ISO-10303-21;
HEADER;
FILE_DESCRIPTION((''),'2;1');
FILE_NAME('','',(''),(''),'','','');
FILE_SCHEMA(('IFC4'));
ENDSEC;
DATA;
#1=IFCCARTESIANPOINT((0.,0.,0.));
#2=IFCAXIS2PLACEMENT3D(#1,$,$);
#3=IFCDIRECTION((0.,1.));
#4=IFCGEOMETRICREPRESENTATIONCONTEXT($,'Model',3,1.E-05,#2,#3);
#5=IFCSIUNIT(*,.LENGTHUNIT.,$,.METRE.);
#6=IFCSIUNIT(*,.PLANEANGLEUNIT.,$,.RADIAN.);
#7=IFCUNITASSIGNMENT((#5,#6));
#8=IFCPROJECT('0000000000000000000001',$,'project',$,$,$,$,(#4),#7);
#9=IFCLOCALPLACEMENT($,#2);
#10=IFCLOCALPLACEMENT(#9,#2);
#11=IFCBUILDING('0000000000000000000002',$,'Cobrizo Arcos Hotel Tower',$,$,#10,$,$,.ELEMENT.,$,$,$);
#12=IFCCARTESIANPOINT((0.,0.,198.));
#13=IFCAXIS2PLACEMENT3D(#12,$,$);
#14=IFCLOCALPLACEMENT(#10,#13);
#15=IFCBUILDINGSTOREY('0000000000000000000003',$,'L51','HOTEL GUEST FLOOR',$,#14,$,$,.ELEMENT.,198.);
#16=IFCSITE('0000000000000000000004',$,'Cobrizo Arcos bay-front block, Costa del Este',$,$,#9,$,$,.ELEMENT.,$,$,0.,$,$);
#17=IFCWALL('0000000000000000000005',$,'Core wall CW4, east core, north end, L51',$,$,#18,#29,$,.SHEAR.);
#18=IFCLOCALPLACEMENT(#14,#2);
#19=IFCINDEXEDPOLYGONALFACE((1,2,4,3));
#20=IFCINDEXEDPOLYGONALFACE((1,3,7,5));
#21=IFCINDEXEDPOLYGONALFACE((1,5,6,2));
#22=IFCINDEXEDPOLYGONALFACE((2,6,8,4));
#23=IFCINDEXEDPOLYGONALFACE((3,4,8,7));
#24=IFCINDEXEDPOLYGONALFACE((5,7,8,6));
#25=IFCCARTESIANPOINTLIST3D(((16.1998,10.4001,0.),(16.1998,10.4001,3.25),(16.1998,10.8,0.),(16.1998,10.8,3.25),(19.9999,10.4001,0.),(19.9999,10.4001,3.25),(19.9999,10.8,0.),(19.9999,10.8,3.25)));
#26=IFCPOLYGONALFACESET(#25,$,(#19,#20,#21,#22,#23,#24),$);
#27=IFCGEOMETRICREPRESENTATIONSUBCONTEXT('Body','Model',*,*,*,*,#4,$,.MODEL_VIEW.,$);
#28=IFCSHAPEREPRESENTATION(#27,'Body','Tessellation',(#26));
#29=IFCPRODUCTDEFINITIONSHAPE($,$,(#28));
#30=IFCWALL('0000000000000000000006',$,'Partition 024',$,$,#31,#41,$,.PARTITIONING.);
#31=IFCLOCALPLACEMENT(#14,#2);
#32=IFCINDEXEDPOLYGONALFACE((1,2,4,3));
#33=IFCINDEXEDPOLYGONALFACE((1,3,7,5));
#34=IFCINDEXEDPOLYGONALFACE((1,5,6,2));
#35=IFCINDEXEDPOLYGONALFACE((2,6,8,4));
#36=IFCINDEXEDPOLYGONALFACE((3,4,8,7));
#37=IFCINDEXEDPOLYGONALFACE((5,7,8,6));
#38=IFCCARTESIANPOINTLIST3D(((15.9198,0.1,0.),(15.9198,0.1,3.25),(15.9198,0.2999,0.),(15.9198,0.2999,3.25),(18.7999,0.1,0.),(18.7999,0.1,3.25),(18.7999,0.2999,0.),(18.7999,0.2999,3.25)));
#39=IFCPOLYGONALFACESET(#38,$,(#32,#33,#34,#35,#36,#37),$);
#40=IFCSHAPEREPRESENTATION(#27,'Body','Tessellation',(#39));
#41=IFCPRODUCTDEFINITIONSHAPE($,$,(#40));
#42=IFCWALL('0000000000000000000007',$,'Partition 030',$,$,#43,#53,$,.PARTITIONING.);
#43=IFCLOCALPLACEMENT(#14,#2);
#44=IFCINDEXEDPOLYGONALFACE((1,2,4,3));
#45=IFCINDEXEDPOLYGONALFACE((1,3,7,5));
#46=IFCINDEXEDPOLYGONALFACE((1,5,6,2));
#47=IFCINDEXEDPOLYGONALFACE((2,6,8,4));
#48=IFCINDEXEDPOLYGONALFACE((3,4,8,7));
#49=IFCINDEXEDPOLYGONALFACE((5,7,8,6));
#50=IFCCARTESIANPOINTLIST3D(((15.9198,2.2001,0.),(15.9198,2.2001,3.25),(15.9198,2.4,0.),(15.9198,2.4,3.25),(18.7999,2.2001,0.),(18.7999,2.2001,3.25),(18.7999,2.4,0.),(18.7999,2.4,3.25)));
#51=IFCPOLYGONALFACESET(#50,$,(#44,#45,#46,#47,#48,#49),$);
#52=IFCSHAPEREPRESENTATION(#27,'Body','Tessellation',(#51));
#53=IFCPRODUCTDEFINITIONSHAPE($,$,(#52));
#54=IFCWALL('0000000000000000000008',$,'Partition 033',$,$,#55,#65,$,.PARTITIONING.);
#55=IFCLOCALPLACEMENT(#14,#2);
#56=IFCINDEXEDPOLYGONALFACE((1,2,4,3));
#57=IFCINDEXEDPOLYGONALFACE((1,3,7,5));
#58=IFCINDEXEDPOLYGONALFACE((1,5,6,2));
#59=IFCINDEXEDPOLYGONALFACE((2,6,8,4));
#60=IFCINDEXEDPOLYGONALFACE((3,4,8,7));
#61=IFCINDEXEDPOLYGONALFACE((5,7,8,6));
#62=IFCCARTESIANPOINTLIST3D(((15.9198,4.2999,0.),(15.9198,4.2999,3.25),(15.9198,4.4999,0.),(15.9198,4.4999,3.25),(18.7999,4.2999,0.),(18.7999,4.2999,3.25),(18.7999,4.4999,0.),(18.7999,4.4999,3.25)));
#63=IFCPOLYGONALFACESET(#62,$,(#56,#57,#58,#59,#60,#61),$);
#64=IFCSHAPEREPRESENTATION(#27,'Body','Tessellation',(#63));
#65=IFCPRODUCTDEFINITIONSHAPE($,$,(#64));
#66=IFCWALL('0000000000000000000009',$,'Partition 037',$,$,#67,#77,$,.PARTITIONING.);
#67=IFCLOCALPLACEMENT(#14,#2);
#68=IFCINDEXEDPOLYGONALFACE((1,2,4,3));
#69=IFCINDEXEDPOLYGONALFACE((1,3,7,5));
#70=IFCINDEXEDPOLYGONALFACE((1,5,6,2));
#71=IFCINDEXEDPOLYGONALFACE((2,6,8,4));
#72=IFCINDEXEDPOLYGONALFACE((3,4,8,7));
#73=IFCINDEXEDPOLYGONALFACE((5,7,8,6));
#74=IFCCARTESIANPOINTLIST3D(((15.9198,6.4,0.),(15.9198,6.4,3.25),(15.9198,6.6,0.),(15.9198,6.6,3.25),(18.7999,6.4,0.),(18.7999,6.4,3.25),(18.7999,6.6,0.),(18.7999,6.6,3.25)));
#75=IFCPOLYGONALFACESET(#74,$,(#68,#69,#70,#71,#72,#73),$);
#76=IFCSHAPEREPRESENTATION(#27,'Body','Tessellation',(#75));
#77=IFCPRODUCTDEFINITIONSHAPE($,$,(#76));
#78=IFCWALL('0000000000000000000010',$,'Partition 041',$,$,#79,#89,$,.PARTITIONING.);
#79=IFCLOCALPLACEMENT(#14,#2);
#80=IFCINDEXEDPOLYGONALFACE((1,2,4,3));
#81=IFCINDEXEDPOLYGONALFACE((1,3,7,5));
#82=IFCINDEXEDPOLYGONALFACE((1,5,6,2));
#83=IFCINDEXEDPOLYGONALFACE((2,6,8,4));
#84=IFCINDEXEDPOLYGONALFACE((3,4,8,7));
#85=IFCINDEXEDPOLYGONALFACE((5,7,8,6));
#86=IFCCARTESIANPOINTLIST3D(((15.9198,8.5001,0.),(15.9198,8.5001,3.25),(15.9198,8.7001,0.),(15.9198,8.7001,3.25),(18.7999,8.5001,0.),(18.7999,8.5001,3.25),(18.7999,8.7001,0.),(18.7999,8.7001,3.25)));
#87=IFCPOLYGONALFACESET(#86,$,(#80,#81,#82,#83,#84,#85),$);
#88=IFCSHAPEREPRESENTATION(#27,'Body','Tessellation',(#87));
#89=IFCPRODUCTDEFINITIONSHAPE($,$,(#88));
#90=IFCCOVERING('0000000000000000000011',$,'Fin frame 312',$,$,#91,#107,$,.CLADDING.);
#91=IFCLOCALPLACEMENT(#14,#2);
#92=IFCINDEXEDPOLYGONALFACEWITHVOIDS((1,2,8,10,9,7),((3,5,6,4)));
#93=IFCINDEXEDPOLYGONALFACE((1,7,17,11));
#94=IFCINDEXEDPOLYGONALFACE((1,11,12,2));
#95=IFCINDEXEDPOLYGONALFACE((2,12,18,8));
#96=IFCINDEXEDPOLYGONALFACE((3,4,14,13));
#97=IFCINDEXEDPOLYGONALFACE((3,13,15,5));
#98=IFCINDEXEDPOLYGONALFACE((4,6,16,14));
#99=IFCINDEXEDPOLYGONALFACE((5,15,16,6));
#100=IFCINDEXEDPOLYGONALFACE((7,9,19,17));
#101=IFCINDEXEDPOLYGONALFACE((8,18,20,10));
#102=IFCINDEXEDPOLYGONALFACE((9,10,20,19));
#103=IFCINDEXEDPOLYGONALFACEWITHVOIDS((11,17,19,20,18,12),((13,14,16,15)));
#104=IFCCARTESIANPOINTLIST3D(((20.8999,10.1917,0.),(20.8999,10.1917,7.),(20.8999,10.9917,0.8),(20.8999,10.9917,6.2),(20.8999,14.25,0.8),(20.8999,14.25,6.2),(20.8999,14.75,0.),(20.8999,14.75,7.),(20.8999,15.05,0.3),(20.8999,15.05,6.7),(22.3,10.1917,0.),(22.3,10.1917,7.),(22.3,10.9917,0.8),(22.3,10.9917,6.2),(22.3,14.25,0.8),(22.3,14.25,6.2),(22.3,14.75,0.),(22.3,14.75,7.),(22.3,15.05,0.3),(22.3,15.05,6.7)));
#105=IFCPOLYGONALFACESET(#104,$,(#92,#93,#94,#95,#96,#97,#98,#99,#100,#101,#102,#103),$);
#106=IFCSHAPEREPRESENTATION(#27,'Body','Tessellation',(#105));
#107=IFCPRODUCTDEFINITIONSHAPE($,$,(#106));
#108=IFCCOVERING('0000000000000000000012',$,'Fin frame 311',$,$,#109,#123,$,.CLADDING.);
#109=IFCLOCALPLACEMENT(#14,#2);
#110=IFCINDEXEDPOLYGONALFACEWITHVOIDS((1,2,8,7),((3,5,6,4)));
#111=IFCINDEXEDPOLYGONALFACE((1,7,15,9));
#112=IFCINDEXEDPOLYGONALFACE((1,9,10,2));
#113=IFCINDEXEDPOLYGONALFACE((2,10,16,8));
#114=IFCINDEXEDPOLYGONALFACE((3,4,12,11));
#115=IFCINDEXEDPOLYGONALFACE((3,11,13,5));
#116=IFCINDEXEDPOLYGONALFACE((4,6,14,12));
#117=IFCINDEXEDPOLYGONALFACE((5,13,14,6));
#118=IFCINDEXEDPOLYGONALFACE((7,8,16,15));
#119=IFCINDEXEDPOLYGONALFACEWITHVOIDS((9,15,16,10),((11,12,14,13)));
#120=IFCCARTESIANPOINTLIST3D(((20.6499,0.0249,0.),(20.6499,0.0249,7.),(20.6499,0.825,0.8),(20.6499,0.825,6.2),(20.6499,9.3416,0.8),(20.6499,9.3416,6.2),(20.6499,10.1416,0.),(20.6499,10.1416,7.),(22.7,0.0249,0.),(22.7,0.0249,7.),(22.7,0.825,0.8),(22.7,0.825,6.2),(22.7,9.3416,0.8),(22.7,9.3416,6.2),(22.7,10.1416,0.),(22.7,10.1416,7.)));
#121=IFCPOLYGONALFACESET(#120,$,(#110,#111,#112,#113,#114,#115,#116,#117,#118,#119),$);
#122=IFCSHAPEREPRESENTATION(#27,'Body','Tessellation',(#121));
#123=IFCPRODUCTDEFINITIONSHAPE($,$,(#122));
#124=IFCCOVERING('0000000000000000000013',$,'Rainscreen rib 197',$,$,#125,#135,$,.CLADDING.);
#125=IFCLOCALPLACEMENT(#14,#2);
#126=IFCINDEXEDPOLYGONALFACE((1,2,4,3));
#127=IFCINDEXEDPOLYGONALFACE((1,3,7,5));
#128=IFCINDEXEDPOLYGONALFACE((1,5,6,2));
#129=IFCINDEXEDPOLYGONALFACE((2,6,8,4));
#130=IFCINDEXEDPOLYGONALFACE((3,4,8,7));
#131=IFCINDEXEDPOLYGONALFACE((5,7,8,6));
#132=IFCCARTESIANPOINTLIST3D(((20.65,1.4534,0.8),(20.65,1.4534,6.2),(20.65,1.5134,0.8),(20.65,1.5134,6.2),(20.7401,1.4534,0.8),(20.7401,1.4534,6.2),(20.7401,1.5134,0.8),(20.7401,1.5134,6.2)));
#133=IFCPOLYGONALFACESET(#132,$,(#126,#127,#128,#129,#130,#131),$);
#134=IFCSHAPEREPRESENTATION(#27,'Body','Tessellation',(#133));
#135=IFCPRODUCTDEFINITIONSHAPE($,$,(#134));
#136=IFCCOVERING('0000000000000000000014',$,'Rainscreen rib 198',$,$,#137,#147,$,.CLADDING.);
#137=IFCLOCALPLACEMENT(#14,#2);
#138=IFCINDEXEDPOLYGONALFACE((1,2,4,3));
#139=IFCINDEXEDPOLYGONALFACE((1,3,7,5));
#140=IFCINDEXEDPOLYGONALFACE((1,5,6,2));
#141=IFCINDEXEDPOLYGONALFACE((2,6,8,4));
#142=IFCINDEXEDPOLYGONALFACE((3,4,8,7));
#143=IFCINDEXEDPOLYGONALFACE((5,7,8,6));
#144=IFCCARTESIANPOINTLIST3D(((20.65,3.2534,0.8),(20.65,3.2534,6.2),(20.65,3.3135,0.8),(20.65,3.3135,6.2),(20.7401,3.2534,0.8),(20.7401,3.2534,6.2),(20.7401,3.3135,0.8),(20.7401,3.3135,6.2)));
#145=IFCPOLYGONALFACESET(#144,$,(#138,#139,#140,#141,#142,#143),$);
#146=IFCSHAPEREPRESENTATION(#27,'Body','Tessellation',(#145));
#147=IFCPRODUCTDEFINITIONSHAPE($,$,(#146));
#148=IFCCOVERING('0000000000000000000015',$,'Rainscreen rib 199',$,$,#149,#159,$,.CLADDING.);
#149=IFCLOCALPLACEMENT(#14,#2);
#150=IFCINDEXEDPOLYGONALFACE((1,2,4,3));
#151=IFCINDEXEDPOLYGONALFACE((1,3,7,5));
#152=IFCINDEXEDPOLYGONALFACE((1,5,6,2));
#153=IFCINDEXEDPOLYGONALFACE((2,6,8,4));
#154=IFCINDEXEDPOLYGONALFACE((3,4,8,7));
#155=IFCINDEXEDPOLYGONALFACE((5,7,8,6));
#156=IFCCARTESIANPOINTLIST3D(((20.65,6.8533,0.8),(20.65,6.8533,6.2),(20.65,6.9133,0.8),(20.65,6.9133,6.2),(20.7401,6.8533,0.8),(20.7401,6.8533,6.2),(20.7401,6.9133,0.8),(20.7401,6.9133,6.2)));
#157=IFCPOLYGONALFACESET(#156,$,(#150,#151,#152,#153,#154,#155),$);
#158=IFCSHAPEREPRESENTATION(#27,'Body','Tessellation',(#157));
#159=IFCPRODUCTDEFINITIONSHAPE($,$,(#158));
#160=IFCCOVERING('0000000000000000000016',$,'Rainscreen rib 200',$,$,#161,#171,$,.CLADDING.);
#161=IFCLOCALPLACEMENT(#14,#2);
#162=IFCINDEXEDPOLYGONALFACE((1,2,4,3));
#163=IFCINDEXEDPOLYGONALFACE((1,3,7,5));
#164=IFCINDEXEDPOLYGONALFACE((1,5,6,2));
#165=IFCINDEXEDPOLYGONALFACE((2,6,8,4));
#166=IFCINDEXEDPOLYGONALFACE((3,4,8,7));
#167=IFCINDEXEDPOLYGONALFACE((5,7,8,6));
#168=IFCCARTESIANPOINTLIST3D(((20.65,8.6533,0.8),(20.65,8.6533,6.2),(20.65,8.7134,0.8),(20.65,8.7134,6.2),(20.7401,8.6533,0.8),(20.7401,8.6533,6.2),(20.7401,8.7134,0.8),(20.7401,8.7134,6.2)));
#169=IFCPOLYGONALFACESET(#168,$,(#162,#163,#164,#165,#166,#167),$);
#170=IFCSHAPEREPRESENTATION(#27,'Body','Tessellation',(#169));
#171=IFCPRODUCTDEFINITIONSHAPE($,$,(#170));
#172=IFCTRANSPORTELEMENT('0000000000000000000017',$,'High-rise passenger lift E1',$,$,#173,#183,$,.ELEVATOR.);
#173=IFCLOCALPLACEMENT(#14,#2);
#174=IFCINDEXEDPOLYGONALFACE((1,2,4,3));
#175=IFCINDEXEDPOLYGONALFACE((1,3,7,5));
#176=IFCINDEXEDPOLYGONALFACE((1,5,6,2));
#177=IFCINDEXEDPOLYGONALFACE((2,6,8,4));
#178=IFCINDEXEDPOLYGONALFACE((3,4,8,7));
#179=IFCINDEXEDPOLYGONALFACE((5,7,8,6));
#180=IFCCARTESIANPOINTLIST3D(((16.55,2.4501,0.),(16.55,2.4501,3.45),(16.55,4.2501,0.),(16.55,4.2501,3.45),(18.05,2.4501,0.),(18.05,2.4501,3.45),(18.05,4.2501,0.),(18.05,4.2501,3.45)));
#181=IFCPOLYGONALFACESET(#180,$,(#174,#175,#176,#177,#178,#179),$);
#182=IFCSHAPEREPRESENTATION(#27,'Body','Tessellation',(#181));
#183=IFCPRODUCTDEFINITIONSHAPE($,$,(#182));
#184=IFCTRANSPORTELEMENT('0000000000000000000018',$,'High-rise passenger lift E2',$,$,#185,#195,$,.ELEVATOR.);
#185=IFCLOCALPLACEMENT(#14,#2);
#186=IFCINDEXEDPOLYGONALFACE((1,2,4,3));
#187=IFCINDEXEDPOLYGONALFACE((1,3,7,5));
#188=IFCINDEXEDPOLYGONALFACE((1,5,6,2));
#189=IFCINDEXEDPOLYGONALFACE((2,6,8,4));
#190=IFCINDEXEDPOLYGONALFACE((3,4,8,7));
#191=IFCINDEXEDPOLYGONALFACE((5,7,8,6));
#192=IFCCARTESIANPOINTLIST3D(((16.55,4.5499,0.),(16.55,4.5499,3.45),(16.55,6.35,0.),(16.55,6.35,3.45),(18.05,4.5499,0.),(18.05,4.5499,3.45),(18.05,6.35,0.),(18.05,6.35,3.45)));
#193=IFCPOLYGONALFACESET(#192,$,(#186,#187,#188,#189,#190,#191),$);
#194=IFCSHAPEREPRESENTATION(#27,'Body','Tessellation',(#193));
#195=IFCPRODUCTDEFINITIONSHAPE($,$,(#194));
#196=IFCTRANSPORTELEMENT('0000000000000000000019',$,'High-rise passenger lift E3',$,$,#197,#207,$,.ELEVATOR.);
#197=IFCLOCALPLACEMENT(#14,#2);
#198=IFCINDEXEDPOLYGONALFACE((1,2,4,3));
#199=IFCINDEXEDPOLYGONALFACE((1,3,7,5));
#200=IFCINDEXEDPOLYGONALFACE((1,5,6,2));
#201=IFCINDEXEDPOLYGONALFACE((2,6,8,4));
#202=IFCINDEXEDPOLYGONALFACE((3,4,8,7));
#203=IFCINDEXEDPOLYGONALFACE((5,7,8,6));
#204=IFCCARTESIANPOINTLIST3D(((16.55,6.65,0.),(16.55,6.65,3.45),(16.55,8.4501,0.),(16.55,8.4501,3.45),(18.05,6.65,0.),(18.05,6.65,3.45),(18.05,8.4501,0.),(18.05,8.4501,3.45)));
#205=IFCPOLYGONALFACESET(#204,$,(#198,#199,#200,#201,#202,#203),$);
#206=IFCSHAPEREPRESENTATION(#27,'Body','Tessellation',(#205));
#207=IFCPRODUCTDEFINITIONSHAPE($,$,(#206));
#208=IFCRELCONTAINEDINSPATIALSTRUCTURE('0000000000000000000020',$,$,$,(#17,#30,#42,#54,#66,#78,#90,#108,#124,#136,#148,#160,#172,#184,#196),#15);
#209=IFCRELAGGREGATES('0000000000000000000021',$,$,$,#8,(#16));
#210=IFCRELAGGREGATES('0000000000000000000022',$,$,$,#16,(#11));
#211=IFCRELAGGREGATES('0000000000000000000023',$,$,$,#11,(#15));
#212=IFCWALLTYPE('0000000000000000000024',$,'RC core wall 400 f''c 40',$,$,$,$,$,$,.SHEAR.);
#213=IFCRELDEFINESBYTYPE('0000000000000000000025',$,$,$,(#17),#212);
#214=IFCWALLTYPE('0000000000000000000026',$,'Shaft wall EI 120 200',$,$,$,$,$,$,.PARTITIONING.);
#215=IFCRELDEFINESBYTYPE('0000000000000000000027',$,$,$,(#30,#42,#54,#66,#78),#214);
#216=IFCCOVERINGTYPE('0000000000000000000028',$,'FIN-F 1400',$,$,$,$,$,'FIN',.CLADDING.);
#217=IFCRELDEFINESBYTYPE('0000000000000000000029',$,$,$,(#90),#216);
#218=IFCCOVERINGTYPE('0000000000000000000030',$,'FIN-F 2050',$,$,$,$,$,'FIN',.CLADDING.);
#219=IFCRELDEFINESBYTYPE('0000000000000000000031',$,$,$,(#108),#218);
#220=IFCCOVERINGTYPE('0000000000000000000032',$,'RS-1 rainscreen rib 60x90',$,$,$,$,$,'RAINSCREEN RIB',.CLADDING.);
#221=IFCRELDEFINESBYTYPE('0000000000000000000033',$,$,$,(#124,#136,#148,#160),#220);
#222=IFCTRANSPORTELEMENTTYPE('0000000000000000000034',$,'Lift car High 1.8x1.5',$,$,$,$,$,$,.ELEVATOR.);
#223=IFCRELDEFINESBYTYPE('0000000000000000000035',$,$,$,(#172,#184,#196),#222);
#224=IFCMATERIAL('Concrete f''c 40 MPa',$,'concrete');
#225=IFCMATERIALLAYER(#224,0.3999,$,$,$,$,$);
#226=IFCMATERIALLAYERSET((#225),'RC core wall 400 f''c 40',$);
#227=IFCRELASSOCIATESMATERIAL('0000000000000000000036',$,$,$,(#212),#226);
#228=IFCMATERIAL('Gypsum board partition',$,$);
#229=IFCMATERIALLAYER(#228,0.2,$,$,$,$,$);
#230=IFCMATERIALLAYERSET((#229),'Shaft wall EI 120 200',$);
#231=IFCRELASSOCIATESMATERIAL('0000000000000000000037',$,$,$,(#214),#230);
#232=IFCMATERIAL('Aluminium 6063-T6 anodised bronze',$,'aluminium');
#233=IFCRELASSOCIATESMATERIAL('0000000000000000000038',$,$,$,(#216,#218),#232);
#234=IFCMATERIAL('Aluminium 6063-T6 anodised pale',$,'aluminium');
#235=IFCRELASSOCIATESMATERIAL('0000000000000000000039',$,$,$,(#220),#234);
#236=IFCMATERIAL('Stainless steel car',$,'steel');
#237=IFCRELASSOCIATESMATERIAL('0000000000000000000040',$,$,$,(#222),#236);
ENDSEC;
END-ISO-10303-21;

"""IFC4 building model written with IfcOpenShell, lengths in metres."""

from ifc_helpers import new_model, si_unit, direction, frame, frame_2d, origin, origin_2d, place, context, subcontext, project, spatial, polyline, rectangle, outline, extrude, material, layer, layer_set, type_object, element, save


model = new_model("IFC4")

# Units and contexts
model_context = context("Model", 3, precision=1e-05, world=origin(), true_north=direction((0.0, 1.0)))
body_context = subcontext(model_context, "Body", "Model", "MODEL_VIEW")
ifc_project = project(units=[si_unit("LENGTHUNIT", "METRE"), si_unit("PLANEANGLEUNIT", "RADIAN")], contexts=[model_context])

# Site, building, storey
site_placement = place(None, origin())
site = spatial("IfcSite", under=ifc_project, at=site_placement, Name="Cobrizo Arcos bay-front block, Costa del Este", CompositionType="ELEMENT", RefElevation=0.0)
building_placement = place(site_placement, origin())
building = spatial("IfcBuilding", under=site, at=building_placement, Name="Cobrizo Arcos Hotel Tower", CompositionType="ELEMENT")
storey_placement = place(building_placement, frame((0.0, 0.0, 198.0)))
storey = spatial("IfcBuildingStorey", under=building, at=storey_placement, Name="L51", Description="HOTEL GUEST FLOOR", CompositionType="ELEMENT", Elevation=198.0)

# Shared definitions
ifc_material_1 = material(Name="Aluminium 6063-T6 anodised bronze", Category="aluminium")

# Shared definitions
ifc_material_2 = material(Name="Gypsum board partition")

# Walls
ifc_material_3 = material(Name="Concrete f'c 40 MPa", Category="concrete")
ifc_layer_1 = layer(ifc_material_3, 0.3999)
ifc_layer_set_1 = layer_set([ifc_layer_1], Name="RC core wall 400 f'c 40")
wall_type_1 = type_object("IfcWallType", Name="RC core wall 400 f'c 40", PredefinedType="SHEAR", material=ifc_layer_set_1)
wall_1_placement = place(storey_placement, frame((16.2, 10.6001, 0.0), z_axis=(0.0, 0.0, 1.0), x_axis=(1.0, 0.0, 0.0)))
element("IfcWall", 1, at=wall_1_placement, inside=storey, type_object=wall_type_1, Name="Core wall CW4, east core, north end, L51", PredefinedType="SHEAR", context=body_context, shape_type="SweptSolid", body=[
    extrude(rectangle(XDim=3.8, YDim=0.3999, at=frame_2d((1.8999, 0.0))), origin(), (0.0, 0.0, 1.0), 3.25),
])
ifc_layer_2 = layer(ifc_material_2, 0.2)
ifc_layer_set_2 = layer_set([ifc_layer_2], Name="Shaft wall EI 120 200")
wall_type_2 = type_object("IfcWallType", Name="Shaft wall EI 120 200", PredefinedType="PARTITIONING", material=ifc_layer_set_2)
for number, where, z_axis, x_axis, name in (
    (2, (15.9199, 0.2, 0.0), (0.0, 0.0, 1.0), (1.0, 0.0, 0.0), "Partition 024"),
    (3, (15.9199, 2.3, 0.0), (0.0, 0.0, 1.0), (1.0, 0.0, 0.0), "Partition 030"),
    (4, (15.9199, 4.3999, 0.0), (0.0, 0.0, 1.0), (1.0, 0.0, 0.0), "Partition 033"),
    (5, (15.9199, 6.5, 0.0), (0.0, 0.0, 1.0), (1.0, 0.0, 0.0), "Partition 037"),
    (6, (15.9199, 8.6001, 0.0), (0.0, 0.0, 1.0), (1.0, 0.0, 0.0), "Partition 041"),
):
    element("IfcWall", number, at=place(storey_placement, frame(where, z_axis=z_axis, x_axis=x_axis)), inside=storey, type_object=wall_type_2, Name=name, PredefinedType="PARTITIONING", context=body_context, shape_type="SweptSolid", body=[
        extrude(rectangle(XDim=2.8801, YDim=0.2, at=frame_2d((1.4399, 0.0))), origin(), (0.0, 0.0, 1.0), 3.25),
    ])

# Coverings
covering_type_1 = type_object("IfcCoveringType", Name="FIN-F 1400", ElementType="FIN", PredefinedType="CLADDING", material=ifc_material_1)
covering_1_placement = place(storey_placement, frame((20.8999, 10.1917, 0.0), z_axis=(1.0, 0.0, 0.0), x_axis=(0.0, 1.0, 0.0)))
element("IfcCovering", 7, at=covering_1_placement, inside=storey, type_object=covering_type_1, Name="Fin frame 312", PredefinedType="CLADDING", context=body_context, shape_type="SweptSolid", body=[
    extrude(outline(polyline([(0.0, 7.0), (0.0, 0.0), (4.5583, 0.0), (4.8584, 0.3), (4.8584, 6.7), (4.5583, 7.0), (0.0, 7.0)]), holes=[polyline([(4.0583, 0.8), (0.8, 0.8), (0.8, 6.2), (4.0583, 6.2), (4.0583, 0.8)])]), origin(), (0.0, 0.0, 1.0), 1.4001),
])
covering_type_2 = type_object("IfcCoveringType", Name="FIN-F 2050", ElementType="FIN", PredefinedType="CLADDING", material=ifc_material_1)
covering_2_placement = place(storey_placement, frame((20.6499, 0.0249, 0.0), z_axis=(1.0, 0.0, 0.0), x_axis=(0.0, 1.0, 0.0)))
element("IfcCovering", 8, at=covering_2_placement, inside=storey, type_object=covering_type_2, Name="Fin frame 311", PredefinedType="CLADDING", context=body_context, shape_type="SweptSolid", body=[
    extrude(outline(polyline([(0.0, 7.0), (0.0, 0.0), (10.1167, 0.0), (10.1167, 7.0), (0.0, 7.0)]), holes=[polyline([(9.3167, 0.8), (0.8, 0.8), (0.8, 6.2), (9.3167, 6.2), (9.3167, 0.8)])]), origin(), (0.0, 0.0, 1.0), 2.05),
])
ifc_material_4 = material(Name="Aluminium 6063-T6 anodised pale", Category="aluminium")
covering_type_3 = type_object("IfcCoveringType", Name="RS-1 rainscreen rib 60x90", ElementType="RAINSCREEN RIB", PredefinedType="CLADDING", material=ifc_material_4)
for number, where, z_axis, x_axis, name in (
    (9, (20.6951, 1.4834, 0.8), (0.0, 0.0, 1.0), (0.0, 1.0, 0.0), "Rainscreen rib 197"),
    (10, (20.6951, 3.2834, 0.8), (0.0, 0.0, 1.0), (0.0, 1.0, 0.0), "Rainscreen rib 198"),
    (11, (20.6951, 6.8833, 0.8), (0.0, 0.0, 1.0), (0.0, 1.0, 0.0), "Rainscreen rib 199"),
    (12, (20.6951, 8.6833, 0.8), (0.0, 0.0, 1.0), (0.0, 1.0, 0.0), "Rainscreen rib 200"),
):
    element("IfcCovering", number, at=place(storey_placement, frame(where, z_axis=z_axis, x_axis=x_axis)), inside=storey, type_object=covering_type_3, Name=name, PredefinedType="CLADDING", context=body_context, shape_type="SweptSolid", body=[
        extrude(rectangle(XDim=0.0601, YDim=0.0901, at=origin_2d()), origin(), (0.0, 0.0, 1.0), 5.3999),
    ])

# Transport elements
ifc_material_5 = material(Name="Stainless steel car", Category="steel")
transport_element_type = type_object("IfcTransportElementType", Name="Lift car High 1.8x1.5", PredefinedType="ELEVATOR", material=ifc_material_5)
for number, where, z_axis, x_axis, name in (
    (13, (17.3, 3.3501, 0.0), (0.0, 0.0, 1.0), (1.0, 0.0, 0.0), "High-rise passenger lift E1"),
    (14, (17.3, 5.45, 0.0), (0.0, 0.0, 1.0), (1.0, 0.0, 0.0), "High-rise passenger lift E2"),
    (15, (17.3, 7.55, 0.0), (0.0, 0.0, 1.0), (1.0, 0.0, 0.0), "High-rise passenger lift E3"),
):
    element("IfcTransportElement", number, at=place(storey_placement, frame(where, z_axis=z_axis, x_axis=x_axis)), inside=storey, type_object=transport_element_type, Name=name, PredefinedType="ELEVATOR", context=body_context, shape_type="SweptSolid", body=[
        extrude(rectangle(XDim=1.5, YDim=1.8, at=origin_2d()), origin(), (0.0, 0.0, 1.0), 3.45),
    ])

save(model, "model.ifc")
